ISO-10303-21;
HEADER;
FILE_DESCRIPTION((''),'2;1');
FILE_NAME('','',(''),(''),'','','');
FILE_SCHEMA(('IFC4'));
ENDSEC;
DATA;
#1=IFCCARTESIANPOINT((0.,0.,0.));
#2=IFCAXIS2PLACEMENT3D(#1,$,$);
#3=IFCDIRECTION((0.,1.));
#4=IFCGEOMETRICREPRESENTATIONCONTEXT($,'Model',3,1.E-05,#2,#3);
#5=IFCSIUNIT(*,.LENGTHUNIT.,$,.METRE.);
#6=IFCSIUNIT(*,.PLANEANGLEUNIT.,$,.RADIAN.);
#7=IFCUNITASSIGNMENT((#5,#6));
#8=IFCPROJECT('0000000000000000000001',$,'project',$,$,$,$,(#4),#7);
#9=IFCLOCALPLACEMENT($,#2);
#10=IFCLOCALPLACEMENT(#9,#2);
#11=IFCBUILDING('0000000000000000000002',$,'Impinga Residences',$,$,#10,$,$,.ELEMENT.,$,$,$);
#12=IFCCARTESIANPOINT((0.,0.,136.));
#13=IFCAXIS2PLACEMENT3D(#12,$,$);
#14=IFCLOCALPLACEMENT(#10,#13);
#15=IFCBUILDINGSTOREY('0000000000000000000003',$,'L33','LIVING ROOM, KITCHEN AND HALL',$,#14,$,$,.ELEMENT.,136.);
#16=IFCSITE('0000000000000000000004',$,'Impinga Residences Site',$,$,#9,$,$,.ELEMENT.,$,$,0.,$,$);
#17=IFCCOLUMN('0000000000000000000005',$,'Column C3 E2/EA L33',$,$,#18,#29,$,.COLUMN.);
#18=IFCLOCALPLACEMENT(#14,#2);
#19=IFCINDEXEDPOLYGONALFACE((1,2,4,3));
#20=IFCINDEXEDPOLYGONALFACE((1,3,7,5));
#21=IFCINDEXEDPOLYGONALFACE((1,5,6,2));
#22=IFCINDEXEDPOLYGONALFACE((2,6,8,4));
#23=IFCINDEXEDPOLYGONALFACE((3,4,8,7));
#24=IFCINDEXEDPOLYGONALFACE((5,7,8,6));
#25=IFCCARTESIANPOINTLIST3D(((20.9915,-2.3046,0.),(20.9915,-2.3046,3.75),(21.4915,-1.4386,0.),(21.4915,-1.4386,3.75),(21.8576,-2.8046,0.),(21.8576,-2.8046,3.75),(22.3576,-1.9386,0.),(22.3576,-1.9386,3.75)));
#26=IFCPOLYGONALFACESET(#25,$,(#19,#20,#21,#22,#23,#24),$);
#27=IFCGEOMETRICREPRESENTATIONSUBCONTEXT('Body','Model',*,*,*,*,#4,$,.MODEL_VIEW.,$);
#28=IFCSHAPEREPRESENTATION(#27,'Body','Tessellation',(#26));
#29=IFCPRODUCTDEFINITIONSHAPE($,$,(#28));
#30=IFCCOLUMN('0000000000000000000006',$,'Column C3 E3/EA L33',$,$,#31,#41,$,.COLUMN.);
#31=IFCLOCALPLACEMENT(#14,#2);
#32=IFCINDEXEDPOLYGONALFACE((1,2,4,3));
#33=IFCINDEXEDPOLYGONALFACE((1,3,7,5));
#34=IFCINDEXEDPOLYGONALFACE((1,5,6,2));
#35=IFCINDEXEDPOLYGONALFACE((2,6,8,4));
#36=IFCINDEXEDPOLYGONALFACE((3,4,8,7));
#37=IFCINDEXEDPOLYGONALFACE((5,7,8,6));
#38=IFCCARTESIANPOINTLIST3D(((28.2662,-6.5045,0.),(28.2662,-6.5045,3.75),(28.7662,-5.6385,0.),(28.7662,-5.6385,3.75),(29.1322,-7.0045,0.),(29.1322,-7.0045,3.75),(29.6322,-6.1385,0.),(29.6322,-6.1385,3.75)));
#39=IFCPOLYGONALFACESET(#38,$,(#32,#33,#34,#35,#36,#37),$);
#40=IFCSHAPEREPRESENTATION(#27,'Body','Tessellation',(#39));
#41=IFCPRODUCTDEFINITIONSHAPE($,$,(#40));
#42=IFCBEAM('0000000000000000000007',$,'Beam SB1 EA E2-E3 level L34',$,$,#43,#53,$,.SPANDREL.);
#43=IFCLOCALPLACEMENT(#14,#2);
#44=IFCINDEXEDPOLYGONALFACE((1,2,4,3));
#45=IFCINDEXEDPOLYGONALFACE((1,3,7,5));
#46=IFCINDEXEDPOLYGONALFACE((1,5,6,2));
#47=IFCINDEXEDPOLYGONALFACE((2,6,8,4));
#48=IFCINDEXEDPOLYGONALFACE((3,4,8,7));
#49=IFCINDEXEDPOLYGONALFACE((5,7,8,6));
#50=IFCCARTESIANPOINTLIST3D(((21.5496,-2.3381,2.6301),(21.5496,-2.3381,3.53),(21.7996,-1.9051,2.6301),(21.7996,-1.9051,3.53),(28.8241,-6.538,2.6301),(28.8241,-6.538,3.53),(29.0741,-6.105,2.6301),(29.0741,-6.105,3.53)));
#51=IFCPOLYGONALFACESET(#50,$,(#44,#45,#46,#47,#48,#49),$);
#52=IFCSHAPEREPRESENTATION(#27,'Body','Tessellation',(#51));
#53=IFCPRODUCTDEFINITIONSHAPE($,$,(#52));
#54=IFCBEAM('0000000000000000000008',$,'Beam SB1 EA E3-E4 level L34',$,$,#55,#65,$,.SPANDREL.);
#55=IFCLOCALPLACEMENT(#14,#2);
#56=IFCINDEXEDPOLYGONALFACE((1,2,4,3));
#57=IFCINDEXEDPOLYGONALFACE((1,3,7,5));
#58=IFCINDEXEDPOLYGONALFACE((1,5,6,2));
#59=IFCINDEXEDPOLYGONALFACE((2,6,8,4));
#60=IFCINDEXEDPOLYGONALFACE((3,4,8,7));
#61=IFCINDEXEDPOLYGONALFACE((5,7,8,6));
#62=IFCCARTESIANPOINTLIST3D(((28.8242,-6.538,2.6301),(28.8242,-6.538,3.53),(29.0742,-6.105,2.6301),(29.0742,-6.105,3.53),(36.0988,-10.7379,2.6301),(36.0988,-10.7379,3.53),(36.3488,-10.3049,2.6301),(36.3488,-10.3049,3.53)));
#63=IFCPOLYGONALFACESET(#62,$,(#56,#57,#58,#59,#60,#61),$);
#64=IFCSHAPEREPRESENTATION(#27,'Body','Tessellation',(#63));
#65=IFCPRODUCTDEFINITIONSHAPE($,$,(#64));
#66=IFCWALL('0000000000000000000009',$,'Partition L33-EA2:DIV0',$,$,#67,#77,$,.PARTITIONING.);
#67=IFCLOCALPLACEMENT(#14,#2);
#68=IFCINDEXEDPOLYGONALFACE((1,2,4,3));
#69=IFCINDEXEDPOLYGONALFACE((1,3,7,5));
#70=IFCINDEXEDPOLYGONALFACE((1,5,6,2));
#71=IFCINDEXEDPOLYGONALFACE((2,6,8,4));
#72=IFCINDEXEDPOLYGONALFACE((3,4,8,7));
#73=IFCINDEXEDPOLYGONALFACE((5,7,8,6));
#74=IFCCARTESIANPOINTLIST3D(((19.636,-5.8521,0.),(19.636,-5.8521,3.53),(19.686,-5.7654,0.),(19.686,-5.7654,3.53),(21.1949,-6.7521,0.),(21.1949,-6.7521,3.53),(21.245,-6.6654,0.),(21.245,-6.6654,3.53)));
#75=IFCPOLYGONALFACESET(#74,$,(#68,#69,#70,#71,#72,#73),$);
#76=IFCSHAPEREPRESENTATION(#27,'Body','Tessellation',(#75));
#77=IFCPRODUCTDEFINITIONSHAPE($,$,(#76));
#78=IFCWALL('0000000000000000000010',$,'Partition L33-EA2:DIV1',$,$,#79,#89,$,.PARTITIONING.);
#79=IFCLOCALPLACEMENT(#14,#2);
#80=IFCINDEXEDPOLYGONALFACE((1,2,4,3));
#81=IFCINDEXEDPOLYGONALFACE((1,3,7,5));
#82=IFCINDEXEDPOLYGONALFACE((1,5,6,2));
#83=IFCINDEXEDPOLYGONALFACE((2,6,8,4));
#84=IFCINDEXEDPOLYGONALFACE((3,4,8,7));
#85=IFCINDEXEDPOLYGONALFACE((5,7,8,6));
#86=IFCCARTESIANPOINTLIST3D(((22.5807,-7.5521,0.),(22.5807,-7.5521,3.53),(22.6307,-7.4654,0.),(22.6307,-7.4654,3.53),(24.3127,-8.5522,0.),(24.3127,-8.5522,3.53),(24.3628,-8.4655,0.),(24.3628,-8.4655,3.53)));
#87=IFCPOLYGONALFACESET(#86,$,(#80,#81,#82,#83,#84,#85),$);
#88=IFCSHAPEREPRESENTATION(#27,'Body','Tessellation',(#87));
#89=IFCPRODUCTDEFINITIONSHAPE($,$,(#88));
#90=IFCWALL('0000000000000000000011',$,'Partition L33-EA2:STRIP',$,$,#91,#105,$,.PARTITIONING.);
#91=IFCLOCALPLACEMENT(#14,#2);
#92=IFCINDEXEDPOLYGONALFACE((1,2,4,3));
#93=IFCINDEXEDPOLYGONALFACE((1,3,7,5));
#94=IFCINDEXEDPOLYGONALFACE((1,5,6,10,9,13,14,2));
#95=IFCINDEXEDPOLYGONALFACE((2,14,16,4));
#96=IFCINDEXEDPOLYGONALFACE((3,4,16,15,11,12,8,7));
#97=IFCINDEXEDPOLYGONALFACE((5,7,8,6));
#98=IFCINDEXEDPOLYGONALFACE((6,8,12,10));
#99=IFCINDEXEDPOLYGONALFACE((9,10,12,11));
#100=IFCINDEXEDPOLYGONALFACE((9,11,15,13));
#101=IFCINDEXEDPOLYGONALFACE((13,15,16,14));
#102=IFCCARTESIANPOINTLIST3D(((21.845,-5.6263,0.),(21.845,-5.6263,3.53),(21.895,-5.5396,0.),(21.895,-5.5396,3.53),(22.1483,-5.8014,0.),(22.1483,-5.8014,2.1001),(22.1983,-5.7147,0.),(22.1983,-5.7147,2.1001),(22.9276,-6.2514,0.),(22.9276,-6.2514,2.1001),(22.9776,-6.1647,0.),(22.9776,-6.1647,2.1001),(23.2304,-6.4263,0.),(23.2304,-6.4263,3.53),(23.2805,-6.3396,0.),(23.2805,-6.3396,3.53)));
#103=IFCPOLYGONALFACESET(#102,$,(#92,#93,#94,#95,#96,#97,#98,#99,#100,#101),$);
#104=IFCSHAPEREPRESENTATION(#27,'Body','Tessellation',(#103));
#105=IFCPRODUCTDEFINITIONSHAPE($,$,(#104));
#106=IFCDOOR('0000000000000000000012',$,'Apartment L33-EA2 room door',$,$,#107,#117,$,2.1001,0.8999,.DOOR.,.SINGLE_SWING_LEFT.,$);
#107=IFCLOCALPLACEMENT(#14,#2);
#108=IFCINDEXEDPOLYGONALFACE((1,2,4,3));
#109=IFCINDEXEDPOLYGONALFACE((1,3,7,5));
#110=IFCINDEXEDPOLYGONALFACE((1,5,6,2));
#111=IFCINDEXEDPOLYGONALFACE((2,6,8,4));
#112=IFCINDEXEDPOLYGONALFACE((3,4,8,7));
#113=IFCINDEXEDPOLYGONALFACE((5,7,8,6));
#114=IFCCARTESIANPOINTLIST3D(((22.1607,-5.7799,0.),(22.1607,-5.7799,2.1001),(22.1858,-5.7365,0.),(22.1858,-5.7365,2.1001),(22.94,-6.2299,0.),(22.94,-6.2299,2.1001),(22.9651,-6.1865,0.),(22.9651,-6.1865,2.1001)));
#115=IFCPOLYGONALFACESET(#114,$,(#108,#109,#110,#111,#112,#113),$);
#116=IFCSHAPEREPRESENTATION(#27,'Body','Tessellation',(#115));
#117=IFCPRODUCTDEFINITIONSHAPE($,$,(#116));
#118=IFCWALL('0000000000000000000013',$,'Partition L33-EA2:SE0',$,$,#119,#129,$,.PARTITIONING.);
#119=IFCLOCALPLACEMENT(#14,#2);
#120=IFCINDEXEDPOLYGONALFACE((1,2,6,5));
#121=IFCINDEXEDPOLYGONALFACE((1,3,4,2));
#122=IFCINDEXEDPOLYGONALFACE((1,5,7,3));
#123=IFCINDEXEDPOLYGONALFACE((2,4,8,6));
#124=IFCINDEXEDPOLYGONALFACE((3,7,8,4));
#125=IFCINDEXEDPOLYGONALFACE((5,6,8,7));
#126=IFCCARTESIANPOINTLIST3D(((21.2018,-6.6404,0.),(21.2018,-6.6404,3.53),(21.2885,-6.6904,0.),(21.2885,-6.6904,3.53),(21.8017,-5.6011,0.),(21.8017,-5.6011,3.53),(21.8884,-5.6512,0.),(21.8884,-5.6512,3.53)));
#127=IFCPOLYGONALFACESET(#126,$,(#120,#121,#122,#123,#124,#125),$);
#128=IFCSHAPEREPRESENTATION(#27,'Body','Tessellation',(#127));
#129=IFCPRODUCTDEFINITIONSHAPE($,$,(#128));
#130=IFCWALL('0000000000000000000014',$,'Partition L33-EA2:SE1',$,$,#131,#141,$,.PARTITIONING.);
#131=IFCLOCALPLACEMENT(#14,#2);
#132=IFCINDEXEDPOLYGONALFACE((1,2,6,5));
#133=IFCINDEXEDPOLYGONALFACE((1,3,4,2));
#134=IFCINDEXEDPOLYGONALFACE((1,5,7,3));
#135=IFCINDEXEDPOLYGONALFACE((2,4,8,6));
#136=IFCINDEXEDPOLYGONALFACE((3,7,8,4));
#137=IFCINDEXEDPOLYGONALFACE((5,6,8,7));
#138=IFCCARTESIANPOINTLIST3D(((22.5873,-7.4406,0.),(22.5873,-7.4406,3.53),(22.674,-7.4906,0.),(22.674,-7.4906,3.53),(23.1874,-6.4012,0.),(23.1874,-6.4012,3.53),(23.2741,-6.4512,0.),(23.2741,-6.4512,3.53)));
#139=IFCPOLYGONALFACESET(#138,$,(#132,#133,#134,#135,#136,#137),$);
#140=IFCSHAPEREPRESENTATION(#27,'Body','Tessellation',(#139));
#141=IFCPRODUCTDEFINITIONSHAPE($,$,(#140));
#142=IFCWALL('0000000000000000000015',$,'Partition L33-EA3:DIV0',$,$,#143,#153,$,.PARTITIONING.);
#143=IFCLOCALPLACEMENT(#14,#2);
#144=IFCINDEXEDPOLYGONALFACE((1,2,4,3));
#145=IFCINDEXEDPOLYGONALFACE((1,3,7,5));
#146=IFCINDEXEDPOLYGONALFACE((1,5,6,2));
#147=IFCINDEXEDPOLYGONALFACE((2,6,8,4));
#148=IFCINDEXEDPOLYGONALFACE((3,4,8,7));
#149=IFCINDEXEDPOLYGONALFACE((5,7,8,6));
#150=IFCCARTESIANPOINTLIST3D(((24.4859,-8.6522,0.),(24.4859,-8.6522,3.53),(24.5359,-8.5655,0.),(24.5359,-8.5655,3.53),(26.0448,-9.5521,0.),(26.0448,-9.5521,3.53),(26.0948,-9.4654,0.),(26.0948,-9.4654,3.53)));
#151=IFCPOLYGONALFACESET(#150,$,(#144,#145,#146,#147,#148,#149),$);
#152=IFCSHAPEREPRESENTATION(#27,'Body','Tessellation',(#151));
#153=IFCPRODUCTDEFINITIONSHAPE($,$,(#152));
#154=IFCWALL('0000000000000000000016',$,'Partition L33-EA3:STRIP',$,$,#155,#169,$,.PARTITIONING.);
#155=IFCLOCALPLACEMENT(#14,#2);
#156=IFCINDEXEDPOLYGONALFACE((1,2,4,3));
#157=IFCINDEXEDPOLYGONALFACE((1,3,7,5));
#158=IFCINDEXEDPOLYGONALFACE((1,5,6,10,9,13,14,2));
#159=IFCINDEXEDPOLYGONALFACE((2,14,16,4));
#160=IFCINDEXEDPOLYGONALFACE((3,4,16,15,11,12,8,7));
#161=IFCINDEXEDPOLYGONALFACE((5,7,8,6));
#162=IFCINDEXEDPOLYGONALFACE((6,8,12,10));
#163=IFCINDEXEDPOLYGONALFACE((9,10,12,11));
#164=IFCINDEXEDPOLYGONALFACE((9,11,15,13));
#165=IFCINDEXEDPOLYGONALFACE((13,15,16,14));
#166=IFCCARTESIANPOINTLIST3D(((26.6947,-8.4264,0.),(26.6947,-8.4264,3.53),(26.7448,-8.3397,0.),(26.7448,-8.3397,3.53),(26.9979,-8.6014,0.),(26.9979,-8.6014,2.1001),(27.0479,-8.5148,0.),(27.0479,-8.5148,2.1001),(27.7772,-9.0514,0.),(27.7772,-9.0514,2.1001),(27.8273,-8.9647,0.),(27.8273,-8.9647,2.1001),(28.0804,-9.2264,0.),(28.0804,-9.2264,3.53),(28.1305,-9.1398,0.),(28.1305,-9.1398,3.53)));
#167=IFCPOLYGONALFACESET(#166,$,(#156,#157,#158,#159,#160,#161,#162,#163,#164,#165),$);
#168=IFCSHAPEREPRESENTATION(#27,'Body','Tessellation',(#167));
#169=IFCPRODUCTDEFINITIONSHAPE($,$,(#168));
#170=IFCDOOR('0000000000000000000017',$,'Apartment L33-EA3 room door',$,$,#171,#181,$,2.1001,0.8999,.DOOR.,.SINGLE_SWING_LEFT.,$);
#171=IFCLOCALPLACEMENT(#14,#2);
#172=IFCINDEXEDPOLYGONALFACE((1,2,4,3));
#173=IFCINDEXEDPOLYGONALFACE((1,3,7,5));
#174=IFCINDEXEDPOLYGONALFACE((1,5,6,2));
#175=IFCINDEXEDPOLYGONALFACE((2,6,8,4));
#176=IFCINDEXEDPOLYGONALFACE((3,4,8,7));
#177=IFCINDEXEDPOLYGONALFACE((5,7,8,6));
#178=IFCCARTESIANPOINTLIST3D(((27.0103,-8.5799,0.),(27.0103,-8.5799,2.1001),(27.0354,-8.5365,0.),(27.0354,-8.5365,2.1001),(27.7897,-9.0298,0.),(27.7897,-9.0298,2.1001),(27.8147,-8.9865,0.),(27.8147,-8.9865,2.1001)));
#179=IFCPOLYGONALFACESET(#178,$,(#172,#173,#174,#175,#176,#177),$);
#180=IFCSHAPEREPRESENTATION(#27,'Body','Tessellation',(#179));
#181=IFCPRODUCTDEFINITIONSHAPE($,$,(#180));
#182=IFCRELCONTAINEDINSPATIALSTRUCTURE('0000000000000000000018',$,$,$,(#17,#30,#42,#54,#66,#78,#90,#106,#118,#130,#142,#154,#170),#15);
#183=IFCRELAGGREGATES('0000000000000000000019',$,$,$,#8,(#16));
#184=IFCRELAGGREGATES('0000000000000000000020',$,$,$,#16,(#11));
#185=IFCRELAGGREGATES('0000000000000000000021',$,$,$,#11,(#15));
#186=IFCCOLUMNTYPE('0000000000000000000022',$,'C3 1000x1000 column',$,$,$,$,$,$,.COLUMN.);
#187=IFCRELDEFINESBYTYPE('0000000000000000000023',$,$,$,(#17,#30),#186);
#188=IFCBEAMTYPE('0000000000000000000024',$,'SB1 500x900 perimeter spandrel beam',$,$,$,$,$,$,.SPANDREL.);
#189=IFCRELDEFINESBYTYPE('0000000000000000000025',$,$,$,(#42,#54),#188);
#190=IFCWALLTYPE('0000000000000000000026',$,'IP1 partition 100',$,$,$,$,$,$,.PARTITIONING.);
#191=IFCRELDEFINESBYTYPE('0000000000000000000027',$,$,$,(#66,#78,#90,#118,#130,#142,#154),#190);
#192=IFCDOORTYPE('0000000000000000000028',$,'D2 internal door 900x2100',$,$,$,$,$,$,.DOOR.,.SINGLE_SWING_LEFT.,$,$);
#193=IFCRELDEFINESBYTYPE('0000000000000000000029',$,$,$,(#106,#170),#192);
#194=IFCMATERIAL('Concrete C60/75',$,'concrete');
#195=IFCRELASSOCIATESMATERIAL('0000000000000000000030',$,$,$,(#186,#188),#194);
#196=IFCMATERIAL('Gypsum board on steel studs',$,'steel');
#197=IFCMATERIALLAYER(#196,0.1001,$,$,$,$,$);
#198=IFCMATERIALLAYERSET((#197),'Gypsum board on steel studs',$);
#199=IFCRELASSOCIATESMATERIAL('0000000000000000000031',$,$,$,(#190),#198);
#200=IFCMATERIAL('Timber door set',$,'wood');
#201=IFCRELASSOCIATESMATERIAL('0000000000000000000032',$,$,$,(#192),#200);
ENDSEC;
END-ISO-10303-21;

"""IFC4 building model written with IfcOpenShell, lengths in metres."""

from ifc_helpers import new_model, si_unit, direction, frame, frame_2d, origin, origin_2d, place, context, subcontext, project, spatial, rectangle, extrude, material, layer, layer_set, material_profile, profile_set, type_object, element, fill, save


model = new_model("IFC4")

# Units and contexts
model_context = context("Model", 3, precision=1e-05, world=origin(), true_north=direction((0.0, 1.0)))
body_context = subcontext(model_context, "Body", "Model", "MODEL_VIEW")
ifc_project = project(units=[si_unit("LENGTHUNIT", "METRE"), si_unit("PLANEANGLEUNIT", "RADIAN")], contexts=[model_context])

# Site, building, storey
site_placement = place(None, origin())
site = spatial("IfcSite", under=ifc_project, at=site_placement, Name="Impinga Residences Site", CompositionType="ELEMENT", RefElevation=0.0)
building_placement = place(site_placement, origin())
building = spatial("IfcBuilding", under=site, at=building_placement, Name="Impinga Residences", CompositionType="ELEMENT")
storey_placement = place(building_placement, frame((0.0, 0.0, 136.0)))
storey = spatial("IfcBuildingStorey", under=building, at=storey_placement, Name="L33", Description="LIVING ROOM, KITCHEN AND HALL", CompositionType="ELEMENT", Elevation=136.0)

# Columns
ifc_material_1 = material(Name="Concrete C60/75", Category="concrete")
ifc_material_profile_1 = material_profile(ifc_material_1, rectangle(XDim=1.0, YDim=1.0, at=origin_2d()), Name="RC 1000x1000")
ifc_profile_set_1 = profile_set([ifc_material_profile_1], Name="Concrete C60/75")
column_type = type_object("IfcColumnType", Name="C3 1000x1000 column", PredefinedType="COLUMN", material=ifc_profile_set_1)
for number, where, z_axis, x_axis, name in (
    (1, (21.6746, -2.1216, 0.0), (0.0, 0.0, 1.0), (-0.5, -0.866025, 0.0), "Column C3 E2/EA L33"),
    (2, (28.9492, -6.3215, 0.0), (0.0, 0.0, 1.0), (-0.5, -0.866025, 0.0), "Column C3 E3/EA L33"),
):
    element("IfcColumn", number, at=place(storey_placement, frame(where, z_axis=z_axis, x_axis=x_axis)), inside=storey, type_object=column_type, Name=name, PredefinedType="COLUMN", context=body_context, shape_type="SweptSolid", body=[
        extrude(rectangle(XDim=1.0, YDim=1.0, at=origin_2d()), origin(), (0.0, 0.0, 1.0), 3.75),
    ])

# Beams
ifc_material_profile_2 = material_profile(ifc_material_1, rectangle(XDim=0.5, YDim=0.8999, at=origin_2d()), Name="RC 500x900")
ifc_profile_set_2 = profile_set([ifc_material_profile_2], Name="Concrete C60/75")
beam_type = type_object("IfcBeamType", Name="SB1 500x900 perimeter spandrel beam", PredefinedType="SPANDREL", material=ifc_profile_set_2)
for number, where, z_axis, x_axis, name in (
    (3, (21.6746, -2.1216, 3.0801), (0.866029, -0.499993, 0.0), (0.499993, 0.866029, 0.0), "Beam SB1 EA E2-E3 level L34"),
    (4, (28.9492, -6.3215, 3.0801), (0.866029, -0.499993, 0.0), (0.499993, 0.866029, 0.0), "Beam SB1 EA E3-E4 level L34"),
):
    element("IfcBeam", number, at=place(storey_placement, frame(where, z_axis=z_axis, x_axis=x_axis)), inside=storey, type_object=beam_type, Name=name, PredefinedType="SPANDREL", context=body_context, shape_type="SweptSolid", body=[
        extrude(rectangle(XDim=0.5, YDim=0.8999, at=origin_2d()), origin(), (0.0, 0.0, 1.0), 8.3999),
    ])

# Walls
ifc_material_2 = material(Name="Gypsum board on steel studs", Category="steel")
ifc_layer_1 = layer(ifc_material_2, 0.1001)
ifc_layer_set_1 = layer_set([ifc_layer_1], Name="Gypsum board on steel studs")
wall_type_1 = type_object("IfcWallType", Name="IP1 partition 100", PredefinedType="PARTITIONING", material=ifc_layer_set_1)
wall_1_placement = place(storey_placement, frame((19.6611, -5.8088, 0.0), z_axis=(0.0, 0.0, 1.0), x_axis=(0.866048, -0.499961, 0.0)))
element("IfcWall", 5, at=wall_1_placement, inside=storey, type_object=wall_type_1, Name="Partition L33-EA2:DIV0", PredefinedType="PARTITIONING", context=body_context, shape_type="SweptSolid", body=[
    extrude(rectangle(XDim=1.8, YDim=0.1001, at=frame_2d((0.8999, 0.0))), origin(), (0.0, 0.0, 1.0), 3.53),
])
wall_2_placement = place(storey_placement, frame((22.6057, -7.5088, 0.0), z_axis=(0.0, 0.0, 1.0), x_axis=(0.866011, -0.500025, 0.0)))
element("IfcWall", 6, at=wall_2_placement, inside=storey, type_object=wall_type_1, Name="Partition L33-EA2:DIV1", PredefinedType="PARTITIONING", context=body_context, shape_type="SweptSolid", body=[
    extrude(rectangle(XDim=2.0, YDim=0.1001, at=frame_2d((1.0, 0.0))), origin(), (0.0, 0.0, 1.0), 3.53),
])

# Wall, opening, door
wall_3_placement = place(storey_placement, frame((21.8701, -5.583, 0.0), z_axis=(0.0, 0.0, 1.0), x_axis=(0.86599, -0.500061, 0.0)))
wall_3 = element("IfcWall", 7, at=wall_3_placement, inside=storey, type_object=wall_type_1, Name="Partition L33-EA2:STRIP", PredefinedType="PARTITIONING", context=body_context, shape_type="SweptSolid", body=[
    extrude(rectangle(XDim=1.5999, YDim=0.1001, at=frame_2d((0.7998, 0.0))), origin(), (0.0, 0.0, 1.0), 3.53),
])
opening_1_placement = place(wall_3_placement, frame((0.3501, 0.0, 0.0)))
opening_1 = element("IfcOpeningElement", 8, at=opening_1_placement, cuts=wall_3, PredefinedType="OPENING", context=body_context, shape_type="SweptSolid", body=[
    extrude(rectangle(XDim=0.8999, YDim=2.1001, at=frame_2d((0.45, 1.05))), frame((0.0, 0.0601, 0.0), z_axis=(0.0, -1.0, 0.0), x_axis=(1.0, 0.0, 0.0)), (0.0, 0.0, 1.0), 0.1201),
])
ifc_material_3 = material(Name="Timber door set", Category="wood")
door_type = type_object("IfcDoorType", Name="D2 internal door 900x2100", OperationType="SINGLE_SWING_LEFT", PredefinedType="DOOR", material=ifc_material_3)
door_1_placement = place(opening_1_placement, origin())
door_1 = element("IfcDoor", 9, at=door_1_placement, inside=storey, type_object=door_type, Name="Apartment L33-EA2 room door", OperationType="SINGLE_SWING_LEFT", OverallHeight=2.1001, OverallWidth=0.8999, PredefinedType="DOOR", context=body_context, shape_type="SweptSolid", body=[
    extrude(rectangle(XDim=0.8999, YDim=2.1001, at=frame_2d((0.45, 1.05))), frame((0.0, 0.0249, 0.0), z_axis=(0.0, -1.0, 0.0), x_axis=(1.0, 0.0, 0.0)), (0.0, 0.0, 1.0), 0.05),
])
fill(opening_1, door_1)

# Walls
wall_4_placement = place(storey_placement, frame((21.2451, -6.6655, 0.0), z_axis=(0.0, 0.0, 1.0), x_axis=(0.499881, 0.866094, 0.0)))
element("IfcWall", 10, at=wall_4_placement, inside=storey, type_object=wall_type_1, Name="Partition L33-EA2:SE0", PredefinedType="PARTITIONING", context=body_context, shape_type="SweptSolid", body=[
    extrude(rectangle(XDim=1.2, YDim=0.1001, at=frame_2d((0.6001, 0.0))), origin(), (0.0, 0.0, 1.0), 3.53),
])
wall_5_placement = place(storey_placement, frame((22.6306, -7.4656, 0.0), z_axis=(0.0, 0.0, 1.0), x_axis=(0.500034, 0.866006, 0.0)))
element("IfcWall", 11, at=wall_5_placement, inside=storey, type_object=wall_type_1, Name="Partition L33-EA2:SE1", PredefinedType="PARTITIONING", context=body_context, shape_type="SweptSolid", body=[
    extrude(rectangle(XDim=1.2002, YDim=0.1001, at=frame_2d((0.6001, 0.0))), origin(), (0.0, 0.0, 1.0), 3.53),
])
wall_6_placement = place(storey_placement, frame((24.511, -8.6089, 0.0), z_axis=(0.0, 0.0, 1.0), x_axis=(0.866048, -0.499961, 0.0)))
element("IfcWall", 12, at=wall_6_placement, inside=storey, type_object=wall_type_1, Name="Partition L33-EA3:DIV0", PredefinedType="PARTITIONING", context=body_context, shape_type="SweptSolid", body=[
    extrude(rectangle(XDim=1.8, YDim=0.1001, at=frame_2d((0.8999, 0.0))), origin(), (0.0, 0.0, 1.0), 3.53),
])

# Wall, opening, door
wall_7_placement = place(storey_placement, frame((26.7197, -8.3831, 0.0), z_axis=(0.0, 0.0, 1.0), x_axis=(0.866028, -0.499995, 0.0)))
wall_7 = element("IfcWall", 13, at=wall_7_placement, inside=storey, type_object=wall_type_1, Name="Partition L33-EA3:STRIP", PredefinedType="PARTITIONING", context=body_context, shape_type="SweptSolid", body=[
    extrude(rectangle(XDim=1.6001, YDim=0.1001, at=frame_2d((0.8, 0.0))), origin(), (0.0, 0.0, 1.0), 3.53),
])
opening_2_placement = place(wall_7_placement, frame((0.3501, 0.0, 0.0)))
opening_2 = element("IfcOpeningElement", 14, at=opening_2_placement, cuts=wall_7, PredefinedType="OPENING", context=body_context, shape_type="SweptSolid", body=[
    extrude(rectangle(XDim=0.8999, YDim=2.1001, at=frame_2d((0.45, 1.05))), frame((0.0, 0.0601, 0.0), z_axis=(0.0, -1.0, 0.0), x_axis=(1.0, 0.0, 0.0)), (0.0, 0.0, 1.0), 0.1201),
])
door_2_placement = place(opening_2_placement, origin())
door_2 = element("IfcDoor", 15, at=door_2_placement, inside=storey, type_object=door_type, Name="Apartment L33-EA3 room door", OperationType="SINGLE_SWING_LEFT", OverallHeight=2.1001, OverallWidth=0.8999, PredefinedType="DOOR", context=body_context, shape_type="SweptSolid", body=[
    extrude(rectangle(XDim=0.8999, YDim=2.1001, at=frame_2d((0.45, 1.05))), frame((0.0, 0.0249, 0.0), z_axis=(0.0, -1.0, 0.0), x_axis=(1.0, 0.0, 0.0)), (0.0, 0.0, 1.0), 0.05),
])
fill(opening_2, door_2)

save(model, "model.ifc")
